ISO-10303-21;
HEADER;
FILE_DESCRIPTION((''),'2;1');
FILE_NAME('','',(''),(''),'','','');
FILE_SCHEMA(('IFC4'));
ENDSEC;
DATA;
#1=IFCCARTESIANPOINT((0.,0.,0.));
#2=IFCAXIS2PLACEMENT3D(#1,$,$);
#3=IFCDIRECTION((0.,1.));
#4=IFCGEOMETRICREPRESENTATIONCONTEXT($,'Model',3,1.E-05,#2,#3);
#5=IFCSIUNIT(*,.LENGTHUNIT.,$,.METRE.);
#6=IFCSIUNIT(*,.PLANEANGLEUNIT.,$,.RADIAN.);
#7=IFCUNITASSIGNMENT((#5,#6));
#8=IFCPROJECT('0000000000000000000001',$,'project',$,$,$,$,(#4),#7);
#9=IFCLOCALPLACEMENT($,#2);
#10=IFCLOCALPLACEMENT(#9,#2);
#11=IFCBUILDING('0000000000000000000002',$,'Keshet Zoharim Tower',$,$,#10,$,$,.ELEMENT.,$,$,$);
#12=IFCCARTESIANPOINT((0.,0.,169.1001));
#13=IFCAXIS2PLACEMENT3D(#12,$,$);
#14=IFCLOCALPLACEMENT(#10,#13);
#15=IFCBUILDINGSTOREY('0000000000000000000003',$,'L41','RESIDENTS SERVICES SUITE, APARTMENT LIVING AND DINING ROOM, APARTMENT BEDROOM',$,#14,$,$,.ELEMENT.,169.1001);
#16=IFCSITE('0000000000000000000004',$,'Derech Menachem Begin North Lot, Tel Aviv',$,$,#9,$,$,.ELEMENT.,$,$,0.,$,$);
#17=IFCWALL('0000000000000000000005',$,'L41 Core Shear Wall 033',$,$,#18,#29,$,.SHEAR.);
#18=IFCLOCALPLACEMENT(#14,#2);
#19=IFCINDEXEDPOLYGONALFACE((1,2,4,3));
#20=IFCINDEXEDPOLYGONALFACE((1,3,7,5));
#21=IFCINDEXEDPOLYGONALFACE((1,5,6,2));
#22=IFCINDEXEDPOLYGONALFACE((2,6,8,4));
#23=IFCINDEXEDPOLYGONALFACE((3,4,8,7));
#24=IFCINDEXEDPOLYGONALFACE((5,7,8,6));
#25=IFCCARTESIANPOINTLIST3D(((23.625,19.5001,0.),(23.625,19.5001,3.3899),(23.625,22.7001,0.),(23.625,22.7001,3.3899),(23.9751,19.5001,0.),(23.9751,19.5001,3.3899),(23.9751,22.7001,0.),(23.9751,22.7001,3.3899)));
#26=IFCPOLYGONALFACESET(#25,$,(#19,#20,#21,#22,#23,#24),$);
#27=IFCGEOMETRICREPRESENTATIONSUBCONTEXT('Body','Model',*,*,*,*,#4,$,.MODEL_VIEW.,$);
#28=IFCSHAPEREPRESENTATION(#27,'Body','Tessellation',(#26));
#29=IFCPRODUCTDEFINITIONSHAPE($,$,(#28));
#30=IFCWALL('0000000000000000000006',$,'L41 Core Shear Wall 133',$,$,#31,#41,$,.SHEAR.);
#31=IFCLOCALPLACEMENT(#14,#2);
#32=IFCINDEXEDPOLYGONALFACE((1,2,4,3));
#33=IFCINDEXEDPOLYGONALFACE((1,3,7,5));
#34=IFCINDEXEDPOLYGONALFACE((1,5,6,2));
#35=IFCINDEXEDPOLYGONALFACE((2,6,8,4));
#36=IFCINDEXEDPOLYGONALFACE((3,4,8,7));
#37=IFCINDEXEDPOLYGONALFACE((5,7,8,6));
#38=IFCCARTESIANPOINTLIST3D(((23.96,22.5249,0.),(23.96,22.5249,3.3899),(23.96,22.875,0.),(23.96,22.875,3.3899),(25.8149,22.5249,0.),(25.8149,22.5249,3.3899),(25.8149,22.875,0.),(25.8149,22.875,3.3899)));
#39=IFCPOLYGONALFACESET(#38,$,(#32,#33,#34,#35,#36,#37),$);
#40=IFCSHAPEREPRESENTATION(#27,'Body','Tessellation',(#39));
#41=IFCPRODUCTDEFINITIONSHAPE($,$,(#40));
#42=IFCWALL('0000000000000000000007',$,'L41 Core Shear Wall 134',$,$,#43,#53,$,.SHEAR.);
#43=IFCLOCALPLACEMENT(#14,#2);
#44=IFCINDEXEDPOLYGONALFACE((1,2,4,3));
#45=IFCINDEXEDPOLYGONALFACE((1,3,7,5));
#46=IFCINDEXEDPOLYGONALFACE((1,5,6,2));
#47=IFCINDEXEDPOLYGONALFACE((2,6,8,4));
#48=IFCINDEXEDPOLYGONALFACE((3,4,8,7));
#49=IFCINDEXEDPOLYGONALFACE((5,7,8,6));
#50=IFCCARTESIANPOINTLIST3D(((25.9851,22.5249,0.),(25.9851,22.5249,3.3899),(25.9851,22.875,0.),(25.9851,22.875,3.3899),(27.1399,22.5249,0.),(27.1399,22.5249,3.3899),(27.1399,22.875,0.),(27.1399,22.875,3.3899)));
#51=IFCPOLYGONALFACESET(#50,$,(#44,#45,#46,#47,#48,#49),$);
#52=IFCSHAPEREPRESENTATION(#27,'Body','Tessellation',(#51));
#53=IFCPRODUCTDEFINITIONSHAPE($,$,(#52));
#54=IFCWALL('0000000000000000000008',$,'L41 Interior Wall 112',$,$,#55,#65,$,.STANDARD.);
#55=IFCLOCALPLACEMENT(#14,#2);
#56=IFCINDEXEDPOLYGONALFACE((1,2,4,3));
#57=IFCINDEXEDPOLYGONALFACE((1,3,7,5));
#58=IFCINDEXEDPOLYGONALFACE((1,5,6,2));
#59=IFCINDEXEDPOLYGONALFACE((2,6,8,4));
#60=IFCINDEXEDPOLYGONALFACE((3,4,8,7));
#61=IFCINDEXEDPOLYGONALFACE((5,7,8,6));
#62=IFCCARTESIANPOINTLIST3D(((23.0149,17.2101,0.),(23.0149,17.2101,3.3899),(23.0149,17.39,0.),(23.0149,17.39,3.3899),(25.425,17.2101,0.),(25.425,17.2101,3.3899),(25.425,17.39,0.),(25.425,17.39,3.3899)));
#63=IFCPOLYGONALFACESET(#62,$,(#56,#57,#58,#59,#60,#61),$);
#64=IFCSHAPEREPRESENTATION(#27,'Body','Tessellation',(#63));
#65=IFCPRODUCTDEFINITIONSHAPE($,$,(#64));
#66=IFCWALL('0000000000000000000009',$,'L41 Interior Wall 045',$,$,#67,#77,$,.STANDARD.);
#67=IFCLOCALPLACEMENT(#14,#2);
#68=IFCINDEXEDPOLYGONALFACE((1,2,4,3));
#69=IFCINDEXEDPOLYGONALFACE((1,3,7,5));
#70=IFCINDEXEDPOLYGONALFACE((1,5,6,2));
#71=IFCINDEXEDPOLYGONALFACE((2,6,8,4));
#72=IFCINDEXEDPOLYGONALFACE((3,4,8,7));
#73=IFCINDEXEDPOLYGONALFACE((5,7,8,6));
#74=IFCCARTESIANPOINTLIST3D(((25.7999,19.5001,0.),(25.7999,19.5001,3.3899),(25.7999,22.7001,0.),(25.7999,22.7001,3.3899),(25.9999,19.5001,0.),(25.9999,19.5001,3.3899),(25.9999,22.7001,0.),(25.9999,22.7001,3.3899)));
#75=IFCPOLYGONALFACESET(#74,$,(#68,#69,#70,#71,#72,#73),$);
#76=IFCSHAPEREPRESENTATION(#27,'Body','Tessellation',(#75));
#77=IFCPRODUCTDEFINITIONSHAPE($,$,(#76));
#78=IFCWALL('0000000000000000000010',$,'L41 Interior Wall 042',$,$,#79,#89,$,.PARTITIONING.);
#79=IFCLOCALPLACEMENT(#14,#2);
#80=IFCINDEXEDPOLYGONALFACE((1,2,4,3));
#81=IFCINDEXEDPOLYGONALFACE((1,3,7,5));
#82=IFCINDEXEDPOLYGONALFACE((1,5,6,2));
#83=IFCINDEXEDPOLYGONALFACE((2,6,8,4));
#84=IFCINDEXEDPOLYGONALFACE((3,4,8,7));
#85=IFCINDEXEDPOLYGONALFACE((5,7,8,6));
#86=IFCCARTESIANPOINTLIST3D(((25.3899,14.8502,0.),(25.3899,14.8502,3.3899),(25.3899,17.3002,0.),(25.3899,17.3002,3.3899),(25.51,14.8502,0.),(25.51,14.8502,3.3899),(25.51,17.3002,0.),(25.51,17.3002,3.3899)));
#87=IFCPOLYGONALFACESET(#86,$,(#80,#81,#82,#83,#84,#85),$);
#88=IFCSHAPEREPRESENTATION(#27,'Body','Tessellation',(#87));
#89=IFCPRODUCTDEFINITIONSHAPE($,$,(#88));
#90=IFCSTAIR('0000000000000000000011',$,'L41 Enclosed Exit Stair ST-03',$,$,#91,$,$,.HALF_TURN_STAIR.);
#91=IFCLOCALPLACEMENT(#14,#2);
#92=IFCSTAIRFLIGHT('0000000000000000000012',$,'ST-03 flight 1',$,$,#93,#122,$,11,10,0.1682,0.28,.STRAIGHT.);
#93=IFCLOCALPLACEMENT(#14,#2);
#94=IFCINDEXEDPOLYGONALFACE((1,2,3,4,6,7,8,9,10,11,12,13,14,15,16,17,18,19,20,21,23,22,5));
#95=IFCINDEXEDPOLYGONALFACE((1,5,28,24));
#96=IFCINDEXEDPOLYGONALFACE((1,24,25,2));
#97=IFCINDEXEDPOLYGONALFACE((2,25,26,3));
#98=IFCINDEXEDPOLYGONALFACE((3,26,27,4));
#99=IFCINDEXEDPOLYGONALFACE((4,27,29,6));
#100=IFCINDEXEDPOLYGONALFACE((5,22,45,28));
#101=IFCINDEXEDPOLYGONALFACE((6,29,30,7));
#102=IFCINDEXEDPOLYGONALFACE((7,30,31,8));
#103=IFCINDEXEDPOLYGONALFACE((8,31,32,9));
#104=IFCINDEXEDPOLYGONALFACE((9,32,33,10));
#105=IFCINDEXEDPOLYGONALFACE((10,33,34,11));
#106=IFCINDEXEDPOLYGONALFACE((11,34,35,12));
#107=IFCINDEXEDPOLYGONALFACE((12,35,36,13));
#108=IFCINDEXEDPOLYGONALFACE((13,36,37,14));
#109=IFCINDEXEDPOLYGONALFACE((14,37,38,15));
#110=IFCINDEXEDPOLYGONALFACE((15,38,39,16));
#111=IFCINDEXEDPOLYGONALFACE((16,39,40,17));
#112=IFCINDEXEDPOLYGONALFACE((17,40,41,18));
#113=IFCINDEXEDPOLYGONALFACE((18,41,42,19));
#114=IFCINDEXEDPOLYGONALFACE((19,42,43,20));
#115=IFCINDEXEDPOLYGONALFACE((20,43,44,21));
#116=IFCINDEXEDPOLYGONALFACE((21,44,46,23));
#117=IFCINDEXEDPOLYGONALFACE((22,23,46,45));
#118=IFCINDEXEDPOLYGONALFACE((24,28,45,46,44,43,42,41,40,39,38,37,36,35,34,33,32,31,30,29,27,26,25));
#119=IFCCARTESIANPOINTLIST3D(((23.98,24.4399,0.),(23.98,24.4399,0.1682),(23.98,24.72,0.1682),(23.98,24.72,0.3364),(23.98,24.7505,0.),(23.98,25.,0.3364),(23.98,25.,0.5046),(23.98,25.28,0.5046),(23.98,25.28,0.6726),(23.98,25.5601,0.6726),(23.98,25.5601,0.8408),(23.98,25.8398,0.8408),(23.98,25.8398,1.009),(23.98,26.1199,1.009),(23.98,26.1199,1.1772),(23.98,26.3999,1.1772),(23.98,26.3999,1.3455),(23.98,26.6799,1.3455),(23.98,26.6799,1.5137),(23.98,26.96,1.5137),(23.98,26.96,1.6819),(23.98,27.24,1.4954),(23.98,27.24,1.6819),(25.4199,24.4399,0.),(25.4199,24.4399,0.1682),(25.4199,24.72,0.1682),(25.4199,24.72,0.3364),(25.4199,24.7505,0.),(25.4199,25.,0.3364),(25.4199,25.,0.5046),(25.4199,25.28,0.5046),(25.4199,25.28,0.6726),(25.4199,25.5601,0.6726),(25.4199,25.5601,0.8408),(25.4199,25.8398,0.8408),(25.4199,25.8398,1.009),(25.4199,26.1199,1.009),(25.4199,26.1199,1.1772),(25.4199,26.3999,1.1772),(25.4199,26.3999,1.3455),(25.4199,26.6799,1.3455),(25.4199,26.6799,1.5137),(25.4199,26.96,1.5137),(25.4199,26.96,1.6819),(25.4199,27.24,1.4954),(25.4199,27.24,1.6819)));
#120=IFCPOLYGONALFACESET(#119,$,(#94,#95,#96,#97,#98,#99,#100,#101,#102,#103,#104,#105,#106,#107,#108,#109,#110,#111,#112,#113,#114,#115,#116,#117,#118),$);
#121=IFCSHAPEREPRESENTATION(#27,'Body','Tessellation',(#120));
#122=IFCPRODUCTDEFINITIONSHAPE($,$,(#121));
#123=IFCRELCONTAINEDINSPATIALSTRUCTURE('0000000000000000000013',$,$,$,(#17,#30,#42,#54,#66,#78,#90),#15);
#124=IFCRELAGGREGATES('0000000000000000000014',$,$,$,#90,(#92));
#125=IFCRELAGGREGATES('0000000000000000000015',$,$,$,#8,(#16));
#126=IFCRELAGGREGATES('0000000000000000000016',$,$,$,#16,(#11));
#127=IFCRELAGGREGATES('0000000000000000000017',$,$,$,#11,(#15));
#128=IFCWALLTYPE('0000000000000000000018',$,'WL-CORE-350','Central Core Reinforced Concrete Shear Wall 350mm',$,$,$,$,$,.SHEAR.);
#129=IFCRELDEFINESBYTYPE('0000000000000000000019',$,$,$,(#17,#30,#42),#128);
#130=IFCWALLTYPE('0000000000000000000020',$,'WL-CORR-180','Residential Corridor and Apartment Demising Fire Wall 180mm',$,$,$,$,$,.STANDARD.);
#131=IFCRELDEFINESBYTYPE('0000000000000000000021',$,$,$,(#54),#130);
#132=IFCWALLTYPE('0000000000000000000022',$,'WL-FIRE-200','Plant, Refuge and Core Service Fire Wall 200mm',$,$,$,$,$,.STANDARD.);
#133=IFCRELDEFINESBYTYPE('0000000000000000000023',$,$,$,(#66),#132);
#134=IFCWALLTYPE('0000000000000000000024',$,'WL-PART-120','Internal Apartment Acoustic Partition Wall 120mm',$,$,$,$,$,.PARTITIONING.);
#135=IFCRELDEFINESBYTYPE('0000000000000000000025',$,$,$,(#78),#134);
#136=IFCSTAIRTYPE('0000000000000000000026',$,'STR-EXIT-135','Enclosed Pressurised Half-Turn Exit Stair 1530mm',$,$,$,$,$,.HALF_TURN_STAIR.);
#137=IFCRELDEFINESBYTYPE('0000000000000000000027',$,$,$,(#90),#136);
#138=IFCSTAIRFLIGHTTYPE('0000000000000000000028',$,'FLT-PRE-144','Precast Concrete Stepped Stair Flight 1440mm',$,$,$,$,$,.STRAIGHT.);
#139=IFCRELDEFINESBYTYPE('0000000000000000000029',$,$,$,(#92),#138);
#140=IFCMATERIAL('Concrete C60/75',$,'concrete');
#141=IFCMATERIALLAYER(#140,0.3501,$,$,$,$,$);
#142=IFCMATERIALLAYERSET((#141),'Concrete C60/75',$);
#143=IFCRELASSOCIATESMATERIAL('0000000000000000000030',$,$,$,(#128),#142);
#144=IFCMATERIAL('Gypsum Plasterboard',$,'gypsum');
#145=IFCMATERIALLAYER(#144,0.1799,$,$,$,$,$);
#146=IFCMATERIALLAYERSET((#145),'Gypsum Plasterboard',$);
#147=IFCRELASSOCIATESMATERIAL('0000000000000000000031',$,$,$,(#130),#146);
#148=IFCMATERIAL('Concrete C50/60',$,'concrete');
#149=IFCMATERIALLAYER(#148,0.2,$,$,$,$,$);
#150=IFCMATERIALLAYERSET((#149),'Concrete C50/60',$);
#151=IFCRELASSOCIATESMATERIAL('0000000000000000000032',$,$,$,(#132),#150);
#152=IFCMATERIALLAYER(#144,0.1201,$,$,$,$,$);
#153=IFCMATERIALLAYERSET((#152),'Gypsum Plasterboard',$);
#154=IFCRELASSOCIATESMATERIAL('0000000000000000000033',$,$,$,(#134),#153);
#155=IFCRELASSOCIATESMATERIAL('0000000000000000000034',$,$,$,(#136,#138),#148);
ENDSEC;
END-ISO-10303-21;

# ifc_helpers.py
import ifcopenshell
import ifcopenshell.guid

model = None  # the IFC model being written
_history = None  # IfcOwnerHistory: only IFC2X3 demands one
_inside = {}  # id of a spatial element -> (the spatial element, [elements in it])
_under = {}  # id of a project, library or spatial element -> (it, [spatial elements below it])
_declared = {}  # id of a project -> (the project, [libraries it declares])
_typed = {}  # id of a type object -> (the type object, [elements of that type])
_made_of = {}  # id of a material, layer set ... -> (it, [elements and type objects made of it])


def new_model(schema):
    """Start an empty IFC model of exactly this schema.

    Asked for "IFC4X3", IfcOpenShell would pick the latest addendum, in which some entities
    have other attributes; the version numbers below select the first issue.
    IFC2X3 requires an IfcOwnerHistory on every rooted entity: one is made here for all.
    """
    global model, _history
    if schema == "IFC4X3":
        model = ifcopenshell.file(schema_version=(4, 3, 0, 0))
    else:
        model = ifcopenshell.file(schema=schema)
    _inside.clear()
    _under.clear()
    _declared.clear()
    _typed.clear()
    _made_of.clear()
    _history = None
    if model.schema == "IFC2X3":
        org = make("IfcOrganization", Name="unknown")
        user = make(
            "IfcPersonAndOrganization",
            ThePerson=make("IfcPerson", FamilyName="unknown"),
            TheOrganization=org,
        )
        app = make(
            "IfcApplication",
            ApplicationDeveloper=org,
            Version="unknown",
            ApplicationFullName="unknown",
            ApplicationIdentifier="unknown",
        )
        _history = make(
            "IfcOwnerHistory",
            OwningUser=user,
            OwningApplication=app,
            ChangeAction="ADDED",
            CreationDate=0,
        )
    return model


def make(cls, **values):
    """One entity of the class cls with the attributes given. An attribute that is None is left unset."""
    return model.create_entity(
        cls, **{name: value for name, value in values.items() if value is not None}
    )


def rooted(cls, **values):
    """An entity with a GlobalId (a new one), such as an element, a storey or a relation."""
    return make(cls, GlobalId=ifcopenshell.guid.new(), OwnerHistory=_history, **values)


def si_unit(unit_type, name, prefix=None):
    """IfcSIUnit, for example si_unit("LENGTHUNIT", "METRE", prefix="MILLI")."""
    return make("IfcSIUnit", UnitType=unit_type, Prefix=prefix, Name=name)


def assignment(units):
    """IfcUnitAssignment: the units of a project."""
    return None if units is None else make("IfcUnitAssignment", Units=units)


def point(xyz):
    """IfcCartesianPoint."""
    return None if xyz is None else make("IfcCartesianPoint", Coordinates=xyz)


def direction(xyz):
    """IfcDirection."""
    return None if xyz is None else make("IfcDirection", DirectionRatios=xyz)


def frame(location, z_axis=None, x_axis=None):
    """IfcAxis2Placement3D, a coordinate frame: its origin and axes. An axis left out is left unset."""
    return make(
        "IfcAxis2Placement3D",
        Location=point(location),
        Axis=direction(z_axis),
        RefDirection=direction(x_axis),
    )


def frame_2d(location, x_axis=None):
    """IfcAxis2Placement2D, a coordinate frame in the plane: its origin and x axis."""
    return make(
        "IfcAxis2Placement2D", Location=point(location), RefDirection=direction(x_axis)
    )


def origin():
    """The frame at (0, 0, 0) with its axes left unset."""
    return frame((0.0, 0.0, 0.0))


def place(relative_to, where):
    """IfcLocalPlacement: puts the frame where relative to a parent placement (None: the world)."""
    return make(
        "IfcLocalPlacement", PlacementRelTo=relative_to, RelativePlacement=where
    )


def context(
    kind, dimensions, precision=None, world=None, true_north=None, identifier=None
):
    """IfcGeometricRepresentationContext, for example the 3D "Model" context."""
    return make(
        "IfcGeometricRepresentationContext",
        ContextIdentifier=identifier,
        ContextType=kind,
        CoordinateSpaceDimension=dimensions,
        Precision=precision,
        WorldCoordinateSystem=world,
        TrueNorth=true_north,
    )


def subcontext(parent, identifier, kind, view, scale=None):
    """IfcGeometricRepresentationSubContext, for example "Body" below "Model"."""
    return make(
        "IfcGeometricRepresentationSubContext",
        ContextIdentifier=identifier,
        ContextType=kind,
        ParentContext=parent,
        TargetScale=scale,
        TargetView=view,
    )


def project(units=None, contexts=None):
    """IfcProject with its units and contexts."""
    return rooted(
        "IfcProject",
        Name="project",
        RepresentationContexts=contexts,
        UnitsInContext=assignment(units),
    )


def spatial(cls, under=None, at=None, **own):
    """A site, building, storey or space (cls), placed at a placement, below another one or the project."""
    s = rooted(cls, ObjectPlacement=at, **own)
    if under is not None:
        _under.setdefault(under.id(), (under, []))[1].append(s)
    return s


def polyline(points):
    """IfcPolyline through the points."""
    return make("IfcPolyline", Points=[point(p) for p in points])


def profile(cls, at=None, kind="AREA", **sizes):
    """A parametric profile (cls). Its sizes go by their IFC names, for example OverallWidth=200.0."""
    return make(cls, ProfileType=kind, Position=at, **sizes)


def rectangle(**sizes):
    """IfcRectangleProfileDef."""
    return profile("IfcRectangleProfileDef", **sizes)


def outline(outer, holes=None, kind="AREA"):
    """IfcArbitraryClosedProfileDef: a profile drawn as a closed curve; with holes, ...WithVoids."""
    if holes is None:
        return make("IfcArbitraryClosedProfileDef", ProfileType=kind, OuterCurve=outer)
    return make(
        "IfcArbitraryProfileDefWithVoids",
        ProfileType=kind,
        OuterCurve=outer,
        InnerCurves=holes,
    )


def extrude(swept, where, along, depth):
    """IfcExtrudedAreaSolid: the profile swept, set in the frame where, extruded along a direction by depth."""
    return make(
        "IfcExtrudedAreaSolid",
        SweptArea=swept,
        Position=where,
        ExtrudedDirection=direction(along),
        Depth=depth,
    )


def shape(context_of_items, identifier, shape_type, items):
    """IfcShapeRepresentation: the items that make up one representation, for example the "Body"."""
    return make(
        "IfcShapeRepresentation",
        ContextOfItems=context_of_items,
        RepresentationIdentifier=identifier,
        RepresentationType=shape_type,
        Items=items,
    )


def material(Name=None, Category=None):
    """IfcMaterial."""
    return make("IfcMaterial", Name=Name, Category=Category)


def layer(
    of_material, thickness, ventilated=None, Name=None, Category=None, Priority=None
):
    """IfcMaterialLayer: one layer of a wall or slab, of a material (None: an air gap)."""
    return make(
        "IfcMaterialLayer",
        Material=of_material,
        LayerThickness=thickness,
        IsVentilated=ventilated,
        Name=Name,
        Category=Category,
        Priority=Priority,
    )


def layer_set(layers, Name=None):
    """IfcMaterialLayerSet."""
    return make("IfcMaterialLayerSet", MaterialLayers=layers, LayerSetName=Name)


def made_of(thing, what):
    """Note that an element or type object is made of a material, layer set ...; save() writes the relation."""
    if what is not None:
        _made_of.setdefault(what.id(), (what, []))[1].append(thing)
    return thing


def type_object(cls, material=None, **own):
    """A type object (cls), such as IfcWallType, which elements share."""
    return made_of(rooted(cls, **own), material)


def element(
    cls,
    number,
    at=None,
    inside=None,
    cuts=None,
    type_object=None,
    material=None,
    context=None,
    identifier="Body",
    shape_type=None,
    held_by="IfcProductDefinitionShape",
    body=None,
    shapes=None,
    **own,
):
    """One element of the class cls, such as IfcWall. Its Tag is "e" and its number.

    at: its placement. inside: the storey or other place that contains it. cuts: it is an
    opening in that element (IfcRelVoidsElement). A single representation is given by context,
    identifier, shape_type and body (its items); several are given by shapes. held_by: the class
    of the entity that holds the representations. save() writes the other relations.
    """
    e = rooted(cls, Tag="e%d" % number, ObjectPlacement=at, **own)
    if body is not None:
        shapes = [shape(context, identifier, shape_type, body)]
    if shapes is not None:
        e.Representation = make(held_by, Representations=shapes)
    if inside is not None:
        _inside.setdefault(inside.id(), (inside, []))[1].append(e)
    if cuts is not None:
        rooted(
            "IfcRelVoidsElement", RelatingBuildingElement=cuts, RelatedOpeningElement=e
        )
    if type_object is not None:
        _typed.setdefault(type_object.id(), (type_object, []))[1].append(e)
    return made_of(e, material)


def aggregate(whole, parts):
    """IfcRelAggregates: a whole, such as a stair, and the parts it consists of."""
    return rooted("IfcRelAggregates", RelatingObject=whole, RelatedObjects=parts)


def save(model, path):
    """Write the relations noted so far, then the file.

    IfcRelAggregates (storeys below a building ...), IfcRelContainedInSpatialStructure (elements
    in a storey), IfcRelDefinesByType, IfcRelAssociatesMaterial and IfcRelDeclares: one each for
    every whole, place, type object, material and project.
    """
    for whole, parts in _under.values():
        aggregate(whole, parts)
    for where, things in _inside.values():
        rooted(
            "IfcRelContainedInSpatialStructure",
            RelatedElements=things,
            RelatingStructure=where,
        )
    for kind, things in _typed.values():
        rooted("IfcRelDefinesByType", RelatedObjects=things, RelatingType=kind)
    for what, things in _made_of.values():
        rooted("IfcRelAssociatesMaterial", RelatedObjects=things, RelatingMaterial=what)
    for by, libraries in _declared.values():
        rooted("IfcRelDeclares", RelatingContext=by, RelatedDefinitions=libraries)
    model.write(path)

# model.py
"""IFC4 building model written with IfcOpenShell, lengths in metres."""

from ifc_helpers import new_model, si_unit, direction, frame, frame_2d, origin, place, context, subcontext, project, spatial, polyline, rectangle, outline, extrude, material, layer, layer_set, type_object, element, aggregate, save


model = new_model("IFC4")

# Units and contexts
model_context = context("Model", 3, precision=1e-05, world=origin(), true_north=direction((0.0, 1.0)))
body_context = subcontext(model_context, "Body", "Model", "MODEL_VIEW")
ifc_project = project(units=[si_unit("LENGTHUNIT", "METRE"), si_unit("PLANEANGLEUNIT", "RADIAN")], contexts=[model_context])

# Site, building, storey
site_placement = place(None, origin())
site = spatial("IfcSite", under=ifc_project, at=site_placement, Name="Derech Menachem Begin North Lot, Tel Aviv", CompositionType="ELEMENT", RefElevation=0.0)
building_placement = place(site_placement, origin())
building = spatial("IfcBuilding", under=site, at=building_placement, Name="Keshet Zoharim Tower", CompositionType="ELEMENT")
storey_placement = place(building_placement, frame((0.0, 0.0, 169.1001)))
storey = spatial("IfcBuildingStorey", under=building, at=storey_placement, Name="L41", Description="RESIDENTS SERVICES SUITE, APARTMENT LIVING AND DINING ROOM, APARTMENT BEDROOM", CompositionType="ELEMENT", Elevation=169.1001)

# Wall
ifc_material_1 = material(Name="Concrete C60/75", Category="concrete")
ifc_layer_1 = layer(ifc_material_1, 0.3501)
ifc_layer_set_1 = layer_set([ifc_layer_1], Name="Concrete C60/75")
wall_type_1 = type_object("IfcWallType", Name="WL-CORE-350", Description="Central Core Reinforced Concrete Shear Wall 350mm", PredefinedType="SHEAR", material=ifc_layer_set_1)
wall_1_placement = place(storey_placement, frame((23.8, 19.5, 0.0), z_axis=(0.0, 0.0, 1.0), x_axis=(0.0, 1.0, 0.0)))
element("IfcWall", 1, at=wall_1_placement, inside=storey, type_object=wall_type_1, Name="L41 Core Shear Wall 033", PredefinedType="SHEAR", context=body_context, shape_type="SweptSolid", body=[
    extrude(rectangle(XDim=3.2, YDim=0.3501, at=frame_2d((1.6001, 0.0))), origin(), (0.0, 0.0, 1.0), 3.3899),
])

# Walls
wall_2_placement = place(storey_placement, frame((23.96, 22.7, 0.0), z_axis=(0.0, 0.0, 1.0), x_axis=(1.0, 0.0, 0.0)))
element("IfcWall", 2, at=wall_2_placement, inside=storey, type_object=wall_type_1, Name="L41 Core Shear Wall 133", PredefinedType="SHEAR", context=body_context, shape_type="SweptSolid", body=[
    extrude(rectangle(XDim=1.855, YDim=0.3501, at=frame_2d((0.9275, 0.0))), origin(), (0.0, 0.0, 1.0), 3.3899),
])
wall_3_placement = place(storey_placement, frame((25.9851, 22.7, 0.0), z_axis=(0.0, 0.0, 1.0), x_axis=(1.0, 0.0, 0.0)))
element("IfcWall", 3, at=wall_3_placement, inside=storey, type_object=wall_type_1, Name="L41 Core Shear Wall 134", PredefinedType="SHEAR", context=body_context, shape_type="SweptSolid", body=[
    extrude(rectangle(XDim=1.1548, YDim=0.3501, at=frame_2d((0.5774, 0.0))), origin(), (0.0, 0.0, 1.0), 3.3899),
])
ifc_material_2 = material(Name="Gypsum Plasterboard", Category="gypsum")
ifc_layer_2 = layer(ifc_material_2, 0.1799)
ifc_layer_set_2 = layer_set([ifc_layer_2], Name="Gypsum Plasterboard")
wall_type_2 = type_object("IfcWallType", Name="WL-CORR-180", Description="Residential Corridor and Apartment Demising Fire Wall 180mm", PredefinedType="STANDARD", material=ifc_layer_set_2)
wall_4_placement = place(storey_placement, frame((23.0149, 17.3, 0.0), z_axis=(0.0, 0.0, 1.0), x_axis=(1.0, 0.0, 0.0)))
element("IfcWall", 4, at=wall_4_placement, inside=storey, type_object=wall_type_2, Name="L41 Interior Wall 112", PredefinedType="STANDARD", context=body_context, shape_type="SweptSolid", body=[
    extrude(rectangle(XDim=2.4102, YDim=0.1799, at=frame_2d((1.2051, 0.0))), origin(), (0.0, 0.0, 1.0), 3.3899),
])

# Wall
ifc_material_3 = material(Name="Concrete C50/60", Category="concrete")
ifc_layer_3 = layer(ifc_material_3, 0.2)
ifc_layer_set_3 = layer_set([ifc_layer_3], Name="Concrete C50/60")
wall_type_3 = type_object("IfcWallType", Name="WL-FIRE-200", Description="Plant, Refuge and Core Service Fire Wall 200mm", PredefinedType="STANDARD", material=ifc_layer_set_3)
wall_5_placement = place(storey_placement, frame((25.8999, 19.5, 0.0), z_axis=(0.0, 0.0, 1.0), x_axis=(0.0, 1.0, 0.0)))
element("IfcWall", 5, at=wall_5_placement, inside=storey, type_object=wall_type_3, Name="L41 Interior Wall 045", PredefinedType="STANDARD", context=body_context, shape_type="SweptSolid", body=[
    extrude(rectangle(XDim=3.2, YDim=0.2, at=frame_2d((1.6001, 0.0))), origin(), (0.0, 0.0, 1.0), 3.3899),
])

# Wall
ifc_layer_4 = layer(ifc_material_2, 0.1201)
ifc_layer_set_4 = layer_set([ifc_layer_4], Name="Gypsum Plasterboard")
wall_type_4 = type_object("IfcWallType", Name="WL-PART-120", Description="Internal Apartment Acoustic Partition Wall 120mm", PredefinedType="PARTITIONING", material=ifc_layer_set_4)
wall_6_placement = place(storey_placement, frame((25.45, 14.8501, 0.0), z_axis=(0.0, 0.0, 1.0), x_axis=(0.0, 1.0, 0.0)))
element("IfcWall", 6, at=wall_6_placement, inside=storey, type_object=wall_type_4, Name="L41 Interior Wall 042", PredefinedType="PARTITIONING", context=body_context, shape_type="SweptSolid", body=[
    extrude(rectangle(XDim=2.45, YDim=0.1201, at=frame_2d((1.2251, 0.0))), origin(), (0.0, 0.0, 1.0), 3.3899),
])

# Stair, stair flight
stair_type = type_object("IfcStairType", Name="STR-EXIT-135", Description="Enclosed Pressurised Half-Turn Exit Stair 1530mm", PredefinedType="HALF_TURN_STAIR", material=ifc_material_3)
stair_placement = place(storey_placement, origin())
stair = element("IfcStair", 7, at=stair_placement, inside=storey, type_object=stair_type, Name="L41 Enclosed Exit Stair ST-03", PredefinedType="HALF_TURN_STAIR")
stair_flight_type = type_object("IfcStairFlightType", Name="FLT-PRE-144", Description="Precast Concrete Stepped Stair Flight 1440mm", PredefinedType="STRAIGHT", material=ifc_material_3)
stair_flight_placement = place(storey_placement, frame((24.7, 24.4399, 0.0), z_axis=(0.0, 0.0, 1.0), x_axis=(0.0, 1.0, 0.0)))
stair_flight = element("IfcStairFlight", 8, at=stair_flight_placement, type_object=stair_flight_type, Name="ST-03 flight 1", NumberOfRisers=11, NumberOfTreads=10, PredefinedType="STRAIGHT", RiserHeight=0.1682, TreadLength=0.28, context=body_context, shape_type="SweptSolid", body=[
    extrude(outline(polyline([(0.0, 0.0), (0.0, 0.1682), (0.28, 0.1682), (0.28, 0.3364), (0.5601, 0.3364), (0.5601, 0.5046), (0.8401, 0.5046), (0.8401, 0.6726), (1.1201, 0.6726), (1.1201, 0.8408), (1.3999, 0.8408), (1.3999, 1.009), (1.6799, 1.009), (1.6799, 1.1772), (1.96, 1.1772), (1.96, 1.3455), (2.24, 1.3455), (2.24, 1.5137), (2.52, 1.5137), (2.52, 1.6819), (2.8, 1.6819), (2.8, 1.8501), (2.8, 1.4954), (0.3105, 0.0), (0.0, 0.0)])), frame((0.0, 0.72, 0.0), z_axis=(0.0, -1.0, 0.0), x_axis=(1.0, 0.0, 0.0)), (0.0, 0.0, 1.0), 1.4399),
])
aggregate(stair, [stair_flight])

save(model, "model.ifc")
